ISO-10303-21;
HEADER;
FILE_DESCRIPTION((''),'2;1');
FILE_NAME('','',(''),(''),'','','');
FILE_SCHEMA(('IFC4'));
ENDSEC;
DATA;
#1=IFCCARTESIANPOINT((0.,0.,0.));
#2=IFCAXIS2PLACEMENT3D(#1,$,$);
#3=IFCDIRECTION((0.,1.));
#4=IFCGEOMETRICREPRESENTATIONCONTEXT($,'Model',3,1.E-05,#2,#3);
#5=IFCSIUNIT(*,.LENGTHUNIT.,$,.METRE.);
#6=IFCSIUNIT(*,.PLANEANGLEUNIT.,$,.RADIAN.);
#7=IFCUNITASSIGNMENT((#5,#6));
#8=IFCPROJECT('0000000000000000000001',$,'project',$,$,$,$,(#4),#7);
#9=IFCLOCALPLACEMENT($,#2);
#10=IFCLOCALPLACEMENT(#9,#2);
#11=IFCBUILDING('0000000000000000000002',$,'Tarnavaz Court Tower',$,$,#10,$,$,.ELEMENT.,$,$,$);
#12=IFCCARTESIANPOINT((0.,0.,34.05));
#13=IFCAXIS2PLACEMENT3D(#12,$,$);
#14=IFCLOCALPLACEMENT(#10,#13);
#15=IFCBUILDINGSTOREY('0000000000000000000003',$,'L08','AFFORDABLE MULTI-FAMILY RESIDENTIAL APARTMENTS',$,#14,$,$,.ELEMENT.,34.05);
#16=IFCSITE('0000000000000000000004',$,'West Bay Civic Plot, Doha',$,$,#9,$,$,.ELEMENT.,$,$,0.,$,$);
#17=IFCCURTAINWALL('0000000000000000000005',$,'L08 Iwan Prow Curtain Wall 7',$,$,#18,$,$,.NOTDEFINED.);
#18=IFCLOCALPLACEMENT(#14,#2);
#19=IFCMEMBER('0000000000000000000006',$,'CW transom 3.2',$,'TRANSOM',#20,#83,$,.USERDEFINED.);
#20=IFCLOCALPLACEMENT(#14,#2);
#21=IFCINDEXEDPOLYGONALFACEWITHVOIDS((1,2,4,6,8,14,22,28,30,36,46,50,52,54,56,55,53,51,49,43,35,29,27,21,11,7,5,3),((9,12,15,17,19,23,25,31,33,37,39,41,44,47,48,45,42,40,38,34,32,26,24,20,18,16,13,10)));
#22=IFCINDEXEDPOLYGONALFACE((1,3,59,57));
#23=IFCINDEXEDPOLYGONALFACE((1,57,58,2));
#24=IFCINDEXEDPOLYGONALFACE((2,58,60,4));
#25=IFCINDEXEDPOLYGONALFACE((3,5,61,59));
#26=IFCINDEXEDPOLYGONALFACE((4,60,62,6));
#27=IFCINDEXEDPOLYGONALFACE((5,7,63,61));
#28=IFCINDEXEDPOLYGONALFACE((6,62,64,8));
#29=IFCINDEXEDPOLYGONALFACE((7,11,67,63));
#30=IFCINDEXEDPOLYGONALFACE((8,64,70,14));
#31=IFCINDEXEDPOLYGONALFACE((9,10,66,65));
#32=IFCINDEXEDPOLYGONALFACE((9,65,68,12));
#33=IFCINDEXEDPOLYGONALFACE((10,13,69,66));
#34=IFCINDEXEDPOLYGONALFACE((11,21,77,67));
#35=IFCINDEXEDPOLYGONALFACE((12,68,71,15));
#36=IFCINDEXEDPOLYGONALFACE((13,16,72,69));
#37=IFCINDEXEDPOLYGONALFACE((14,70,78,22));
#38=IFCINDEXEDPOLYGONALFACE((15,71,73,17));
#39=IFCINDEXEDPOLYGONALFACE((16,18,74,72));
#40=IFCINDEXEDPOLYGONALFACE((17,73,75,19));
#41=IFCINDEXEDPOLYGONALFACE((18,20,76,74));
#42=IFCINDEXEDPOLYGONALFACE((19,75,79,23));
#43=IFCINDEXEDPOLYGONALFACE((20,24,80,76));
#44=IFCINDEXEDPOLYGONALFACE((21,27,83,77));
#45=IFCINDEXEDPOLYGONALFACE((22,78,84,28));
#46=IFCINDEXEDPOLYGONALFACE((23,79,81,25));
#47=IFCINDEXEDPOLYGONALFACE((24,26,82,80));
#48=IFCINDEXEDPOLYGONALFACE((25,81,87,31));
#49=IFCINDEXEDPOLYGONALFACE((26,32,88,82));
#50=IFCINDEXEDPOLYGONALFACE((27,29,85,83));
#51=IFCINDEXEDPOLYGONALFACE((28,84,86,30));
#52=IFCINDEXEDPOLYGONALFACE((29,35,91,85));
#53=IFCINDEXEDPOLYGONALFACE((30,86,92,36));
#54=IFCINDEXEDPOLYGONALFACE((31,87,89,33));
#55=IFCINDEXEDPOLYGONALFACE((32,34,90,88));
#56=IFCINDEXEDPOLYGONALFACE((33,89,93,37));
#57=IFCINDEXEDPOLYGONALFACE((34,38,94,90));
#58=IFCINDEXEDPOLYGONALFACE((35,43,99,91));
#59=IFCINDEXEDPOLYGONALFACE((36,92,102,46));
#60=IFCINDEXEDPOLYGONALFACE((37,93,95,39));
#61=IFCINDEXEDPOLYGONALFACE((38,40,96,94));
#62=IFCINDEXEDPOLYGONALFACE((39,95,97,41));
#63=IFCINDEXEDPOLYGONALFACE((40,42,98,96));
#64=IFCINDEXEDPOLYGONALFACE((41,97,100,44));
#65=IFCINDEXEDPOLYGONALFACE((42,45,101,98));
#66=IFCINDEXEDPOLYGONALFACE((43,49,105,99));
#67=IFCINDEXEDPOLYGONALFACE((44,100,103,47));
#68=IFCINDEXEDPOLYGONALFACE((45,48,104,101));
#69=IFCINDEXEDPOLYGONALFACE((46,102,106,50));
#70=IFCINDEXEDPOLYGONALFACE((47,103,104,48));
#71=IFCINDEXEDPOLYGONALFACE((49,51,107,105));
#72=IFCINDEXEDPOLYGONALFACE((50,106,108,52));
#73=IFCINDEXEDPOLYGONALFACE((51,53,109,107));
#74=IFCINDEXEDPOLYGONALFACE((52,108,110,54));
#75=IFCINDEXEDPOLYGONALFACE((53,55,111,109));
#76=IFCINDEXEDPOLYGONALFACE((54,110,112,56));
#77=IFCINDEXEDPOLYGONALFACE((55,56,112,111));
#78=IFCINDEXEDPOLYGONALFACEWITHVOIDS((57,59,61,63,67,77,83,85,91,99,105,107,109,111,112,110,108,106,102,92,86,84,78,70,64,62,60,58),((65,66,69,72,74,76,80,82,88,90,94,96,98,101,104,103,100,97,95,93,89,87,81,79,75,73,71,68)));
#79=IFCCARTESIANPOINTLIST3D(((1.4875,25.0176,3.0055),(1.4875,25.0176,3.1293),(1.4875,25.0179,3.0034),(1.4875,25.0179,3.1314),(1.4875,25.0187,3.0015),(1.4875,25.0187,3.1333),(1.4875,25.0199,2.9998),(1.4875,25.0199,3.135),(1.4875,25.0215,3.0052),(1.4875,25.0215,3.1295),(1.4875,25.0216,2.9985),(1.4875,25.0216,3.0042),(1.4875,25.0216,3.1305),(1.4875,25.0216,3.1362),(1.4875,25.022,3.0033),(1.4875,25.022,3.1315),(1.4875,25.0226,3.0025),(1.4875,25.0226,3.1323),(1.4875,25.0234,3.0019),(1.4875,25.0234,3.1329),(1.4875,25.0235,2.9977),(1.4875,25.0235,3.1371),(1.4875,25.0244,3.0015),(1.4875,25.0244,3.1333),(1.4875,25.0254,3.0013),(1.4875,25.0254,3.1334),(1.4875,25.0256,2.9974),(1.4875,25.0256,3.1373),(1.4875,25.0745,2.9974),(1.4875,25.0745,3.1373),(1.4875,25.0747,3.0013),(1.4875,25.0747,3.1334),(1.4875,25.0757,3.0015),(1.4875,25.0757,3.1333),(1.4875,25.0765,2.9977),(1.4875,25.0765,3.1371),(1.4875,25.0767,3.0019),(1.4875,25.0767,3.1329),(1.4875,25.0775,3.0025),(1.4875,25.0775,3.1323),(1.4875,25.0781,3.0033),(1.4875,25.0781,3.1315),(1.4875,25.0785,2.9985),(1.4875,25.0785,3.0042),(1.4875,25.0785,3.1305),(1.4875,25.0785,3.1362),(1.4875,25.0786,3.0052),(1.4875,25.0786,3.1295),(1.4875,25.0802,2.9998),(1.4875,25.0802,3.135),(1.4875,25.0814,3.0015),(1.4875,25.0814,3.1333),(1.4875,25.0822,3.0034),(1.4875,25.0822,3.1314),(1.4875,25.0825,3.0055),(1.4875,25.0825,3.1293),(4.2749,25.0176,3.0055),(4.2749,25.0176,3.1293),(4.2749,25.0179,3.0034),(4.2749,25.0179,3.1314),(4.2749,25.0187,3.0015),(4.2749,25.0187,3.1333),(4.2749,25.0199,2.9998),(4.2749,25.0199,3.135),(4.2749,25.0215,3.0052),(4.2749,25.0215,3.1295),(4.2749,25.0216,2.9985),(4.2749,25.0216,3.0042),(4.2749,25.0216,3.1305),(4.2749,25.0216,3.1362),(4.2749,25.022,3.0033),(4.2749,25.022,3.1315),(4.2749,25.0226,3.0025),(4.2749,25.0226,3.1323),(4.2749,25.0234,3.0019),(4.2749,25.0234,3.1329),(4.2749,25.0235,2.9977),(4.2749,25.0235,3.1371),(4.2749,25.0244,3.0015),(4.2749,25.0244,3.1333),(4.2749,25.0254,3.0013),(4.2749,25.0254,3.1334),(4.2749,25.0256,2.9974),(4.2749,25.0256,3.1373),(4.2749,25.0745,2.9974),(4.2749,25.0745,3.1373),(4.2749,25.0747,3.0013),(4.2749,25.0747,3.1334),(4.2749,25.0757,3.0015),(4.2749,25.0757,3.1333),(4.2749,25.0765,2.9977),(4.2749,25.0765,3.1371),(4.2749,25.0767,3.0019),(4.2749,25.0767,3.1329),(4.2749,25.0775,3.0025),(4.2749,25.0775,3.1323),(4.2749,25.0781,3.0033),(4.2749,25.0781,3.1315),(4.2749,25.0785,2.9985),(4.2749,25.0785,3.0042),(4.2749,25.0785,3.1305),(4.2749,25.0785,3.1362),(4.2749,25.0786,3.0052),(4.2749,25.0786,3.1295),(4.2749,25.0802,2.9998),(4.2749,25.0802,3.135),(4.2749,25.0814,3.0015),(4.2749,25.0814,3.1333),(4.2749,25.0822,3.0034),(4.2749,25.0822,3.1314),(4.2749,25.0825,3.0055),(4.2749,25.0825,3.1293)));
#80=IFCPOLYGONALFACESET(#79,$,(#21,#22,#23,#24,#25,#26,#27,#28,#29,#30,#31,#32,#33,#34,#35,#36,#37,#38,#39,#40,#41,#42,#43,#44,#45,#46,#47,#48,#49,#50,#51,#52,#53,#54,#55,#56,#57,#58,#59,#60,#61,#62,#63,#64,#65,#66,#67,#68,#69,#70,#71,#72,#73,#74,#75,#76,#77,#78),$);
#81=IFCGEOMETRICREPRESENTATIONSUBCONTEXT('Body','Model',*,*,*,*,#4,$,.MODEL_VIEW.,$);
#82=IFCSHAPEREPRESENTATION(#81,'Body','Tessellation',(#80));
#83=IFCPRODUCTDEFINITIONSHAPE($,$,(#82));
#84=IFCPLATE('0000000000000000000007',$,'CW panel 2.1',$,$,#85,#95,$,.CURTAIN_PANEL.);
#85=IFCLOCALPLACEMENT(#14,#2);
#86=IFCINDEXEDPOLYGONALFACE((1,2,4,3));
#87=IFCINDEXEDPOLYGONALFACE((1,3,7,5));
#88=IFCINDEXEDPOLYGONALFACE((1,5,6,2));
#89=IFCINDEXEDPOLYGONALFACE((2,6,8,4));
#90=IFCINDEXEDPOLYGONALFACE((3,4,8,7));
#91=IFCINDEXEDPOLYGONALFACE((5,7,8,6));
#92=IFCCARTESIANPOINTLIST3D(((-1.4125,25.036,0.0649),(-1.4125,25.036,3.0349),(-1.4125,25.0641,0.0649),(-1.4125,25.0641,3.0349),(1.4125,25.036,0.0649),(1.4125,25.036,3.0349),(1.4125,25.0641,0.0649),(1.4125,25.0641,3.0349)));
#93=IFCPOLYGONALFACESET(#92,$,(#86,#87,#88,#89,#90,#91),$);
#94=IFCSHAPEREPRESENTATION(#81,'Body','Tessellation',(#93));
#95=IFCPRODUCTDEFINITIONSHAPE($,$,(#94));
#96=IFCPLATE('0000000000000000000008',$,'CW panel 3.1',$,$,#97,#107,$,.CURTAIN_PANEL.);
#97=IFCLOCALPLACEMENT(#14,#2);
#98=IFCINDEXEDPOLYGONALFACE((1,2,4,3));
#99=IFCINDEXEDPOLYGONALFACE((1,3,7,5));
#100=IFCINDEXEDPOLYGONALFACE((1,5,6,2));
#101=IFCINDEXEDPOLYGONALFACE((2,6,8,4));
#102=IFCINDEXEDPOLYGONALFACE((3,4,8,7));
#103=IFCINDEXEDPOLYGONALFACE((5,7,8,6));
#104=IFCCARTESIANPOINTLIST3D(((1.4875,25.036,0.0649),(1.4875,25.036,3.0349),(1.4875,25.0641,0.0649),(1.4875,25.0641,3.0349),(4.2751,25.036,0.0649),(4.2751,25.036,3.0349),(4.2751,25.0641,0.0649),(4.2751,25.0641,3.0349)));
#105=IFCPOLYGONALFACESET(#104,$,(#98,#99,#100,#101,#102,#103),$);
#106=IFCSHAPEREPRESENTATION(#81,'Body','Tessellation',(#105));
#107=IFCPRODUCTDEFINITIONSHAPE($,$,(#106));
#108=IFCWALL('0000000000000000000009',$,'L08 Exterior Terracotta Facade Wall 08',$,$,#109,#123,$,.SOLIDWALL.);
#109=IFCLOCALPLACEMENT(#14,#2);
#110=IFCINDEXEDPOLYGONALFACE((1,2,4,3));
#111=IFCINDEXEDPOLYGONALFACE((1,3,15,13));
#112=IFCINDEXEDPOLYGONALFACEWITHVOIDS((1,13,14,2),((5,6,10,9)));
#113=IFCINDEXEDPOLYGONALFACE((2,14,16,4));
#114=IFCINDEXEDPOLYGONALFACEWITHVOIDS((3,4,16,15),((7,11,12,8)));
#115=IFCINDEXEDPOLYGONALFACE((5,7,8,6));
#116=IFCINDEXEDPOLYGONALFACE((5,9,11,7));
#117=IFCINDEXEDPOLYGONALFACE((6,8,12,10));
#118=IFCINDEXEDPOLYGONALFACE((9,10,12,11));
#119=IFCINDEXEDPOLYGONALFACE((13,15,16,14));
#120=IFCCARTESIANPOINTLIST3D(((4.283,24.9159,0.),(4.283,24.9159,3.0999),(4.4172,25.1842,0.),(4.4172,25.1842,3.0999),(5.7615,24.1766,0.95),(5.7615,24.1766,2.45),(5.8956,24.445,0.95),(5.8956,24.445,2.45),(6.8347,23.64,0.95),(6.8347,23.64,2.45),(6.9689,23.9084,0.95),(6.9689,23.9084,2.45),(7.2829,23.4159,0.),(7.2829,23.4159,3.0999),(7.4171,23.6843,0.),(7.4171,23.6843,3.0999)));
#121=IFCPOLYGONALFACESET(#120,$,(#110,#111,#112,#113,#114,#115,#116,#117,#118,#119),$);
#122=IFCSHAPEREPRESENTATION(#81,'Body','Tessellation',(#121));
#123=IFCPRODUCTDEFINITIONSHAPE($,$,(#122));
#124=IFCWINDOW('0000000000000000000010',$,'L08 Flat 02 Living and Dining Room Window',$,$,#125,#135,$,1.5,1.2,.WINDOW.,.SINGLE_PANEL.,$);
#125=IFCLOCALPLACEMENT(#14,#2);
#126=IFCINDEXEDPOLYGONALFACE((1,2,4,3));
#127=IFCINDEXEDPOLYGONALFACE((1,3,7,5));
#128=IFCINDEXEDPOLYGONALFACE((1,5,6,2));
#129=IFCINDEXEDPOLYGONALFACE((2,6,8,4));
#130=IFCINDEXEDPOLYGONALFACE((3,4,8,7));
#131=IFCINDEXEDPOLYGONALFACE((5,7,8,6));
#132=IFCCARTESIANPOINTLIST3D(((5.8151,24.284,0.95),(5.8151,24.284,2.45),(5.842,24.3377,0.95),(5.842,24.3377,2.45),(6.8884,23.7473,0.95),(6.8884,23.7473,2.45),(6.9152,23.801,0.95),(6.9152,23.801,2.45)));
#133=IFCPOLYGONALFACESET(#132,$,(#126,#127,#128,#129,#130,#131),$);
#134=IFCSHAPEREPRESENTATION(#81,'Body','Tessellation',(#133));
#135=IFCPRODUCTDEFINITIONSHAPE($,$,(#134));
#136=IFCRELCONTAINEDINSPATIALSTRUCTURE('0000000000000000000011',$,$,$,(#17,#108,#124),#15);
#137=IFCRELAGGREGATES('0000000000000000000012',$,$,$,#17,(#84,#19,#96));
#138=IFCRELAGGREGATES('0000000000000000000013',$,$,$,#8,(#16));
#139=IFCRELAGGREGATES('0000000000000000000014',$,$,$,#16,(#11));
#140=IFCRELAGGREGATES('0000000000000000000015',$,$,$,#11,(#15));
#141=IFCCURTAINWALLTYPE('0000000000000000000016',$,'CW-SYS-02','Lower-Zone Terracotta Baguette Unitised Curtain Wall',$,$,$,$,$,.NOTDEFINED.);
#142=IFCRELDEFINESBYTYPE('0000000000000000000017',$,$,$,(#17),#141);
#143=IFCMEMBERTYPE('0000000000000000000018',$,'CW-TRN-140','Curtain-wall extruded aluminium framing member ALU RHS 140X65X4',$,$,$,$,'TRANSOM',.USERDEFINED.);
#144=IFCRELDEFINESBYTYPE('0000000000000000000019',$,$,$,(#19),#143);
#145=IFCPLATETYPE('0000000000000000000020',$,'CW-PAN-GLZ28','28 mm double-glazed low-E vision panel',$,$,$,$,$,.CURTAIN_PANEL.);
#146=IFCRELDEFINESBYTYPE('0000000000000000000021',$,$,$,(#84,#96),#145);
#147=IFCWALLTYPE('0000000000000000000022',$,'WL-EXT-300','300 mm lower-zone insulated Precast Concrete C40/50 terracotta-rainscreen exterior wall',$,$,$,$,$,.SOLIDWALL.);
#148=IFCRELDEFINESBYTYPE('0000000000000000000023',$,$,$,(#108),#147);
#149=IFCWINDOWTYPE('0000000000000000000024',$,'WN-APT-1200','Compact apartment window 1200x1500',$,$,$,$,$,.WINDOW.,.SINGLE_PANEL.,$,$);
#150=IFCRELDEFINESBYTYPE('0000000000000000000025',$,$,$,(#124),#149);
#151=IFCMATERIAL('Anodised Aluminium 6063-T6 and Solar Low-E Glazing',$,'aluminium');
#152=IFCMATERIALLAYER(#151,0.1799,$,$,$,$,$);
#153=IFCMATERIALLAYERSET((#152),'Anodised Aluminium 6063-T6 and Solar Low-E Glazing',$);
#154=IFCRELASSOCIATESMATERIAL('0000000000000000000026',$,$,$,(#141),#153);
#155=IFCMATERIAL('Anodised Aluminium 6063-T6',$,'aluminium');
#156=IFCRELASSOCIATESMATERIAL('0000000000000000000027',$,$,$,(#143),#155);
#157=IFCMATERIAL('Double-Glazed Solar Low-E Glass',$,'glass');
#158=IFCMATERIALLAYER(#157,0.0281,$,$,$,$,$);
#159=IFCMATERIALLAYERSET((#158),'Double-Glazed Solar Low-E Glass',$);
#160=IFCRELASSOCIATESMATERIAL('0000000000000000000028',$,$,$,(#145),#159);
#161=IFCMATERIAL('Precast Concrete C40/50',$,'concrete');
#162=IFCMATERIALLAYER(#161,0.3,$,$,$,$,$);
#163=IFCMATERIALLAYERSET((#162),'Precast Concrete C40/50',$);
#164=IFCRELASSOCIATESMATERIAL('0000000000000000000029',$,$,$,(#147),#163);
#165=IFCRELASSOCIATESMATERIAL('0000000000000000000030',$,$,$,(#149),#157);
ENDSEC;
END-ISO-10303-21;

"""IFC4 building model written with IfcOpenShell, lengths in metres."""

from ifc_helpers import new_model, si_unit, direction, frame, frame_2d, origin, origin_2d, place, context, subcontext, project, spatial, rectangle, hollow_rectangle, extrude, material, layer, layer_set, material_profile, profile_set, type_object, element, fill, aggregate, save


model = new_model("IFC4")

# Units and contexts
model_context = context("Model", 3, precision=1e-05, world=origin(), true_north=direction((0.0, 1.0)))
body_context = subcontext(model_context, "Body", "Model", "MODEL_VIEW")
ifc_project = project(units=[si_unit("LENGTHUNIT", "METRE"), si_unit("PLANEANGLEUNIT", "RADIAN")], contexts=[model_context])

# Site, building, storey
site_placement = place(None, origin())
site = spatial("IfcSite", under=ifc_project, at=site_placement, Name="West Bay Civic Plot, Doha", CompositionType="ELEMENT", RefElevation=0.0)
building_placement = place(site_placement, origin())
building = spatial("IfcBuilding", under=site, at=building_placement, Name="Tarnavaz Court Tower", CompositionType="ELEMENT")
storey_placement = place(building_placement, frame((0.0, 0.0, 34.05)))
storey = spatial("IfcBuildingStorey", under=building, at=storey_placement, Name="L08", Description="AFFORDABLE MULTI-FAMILY RESIDENTIAL APARTMENTS", CompositionType="ELEMENT", Elevation=34.05)

# Curtain wall, member, plates
ifc_material_1 = material(Name="Anodised Aluminium 6063-T6 and Solar Low-E Glazing", Category="aluminium")
ifc_layer_1 = layer(ifc_material_1, 0.1799)
ifc_layer_set_1 = layer_set([ifc_layer_1], Name="Anodised Aluminium 6063-T6 and Solar Low-E Glazing")
curtain_wall_type = type_object("IfcCurtainWallType", Name="CW-SYS-02", Description="Lower-Zone Terracotta Baguette Unitised Curtain Wall", PredefinedType="NOTDEFINED", material=ifc_layer_set_1)
curtain_wall_placement = place(storey_placement, origin())
curtain_wall = element("IfcCurtainWall", 1, at=curtain_wall_placement, inside=storey, type_object=curtain_wall_type, Name="L08 Iwan Prow Curtain Wall 7", PredefinedType="NOTDEFINED")
ifc_material_2 = material(Name="Anodised Aluminium 6063-T6", Category="aluminium")
ifc_material_profile_1 = material_profile(ifc_material_2, hollow_rectangle(XDim=0.0649, YDim=0.1399, WallThickness=0.0039, InnerFilletRadius=0.0039, OuterFilletRadius=0.0081, at=origin_2d()), Name="ALU RHS 140X65X4")
ifc_profile_set_1 = profile_set([ifc_material_profile_1], Name="Anodised Aluminium 6063-T6")
member_type_1 = type_object("IfcMemberType", Name="CW-TRN-140", Description="Curtain-wall extruded aluminium framing member ALU RHS 140X65X4", ElementType="TRANSOM", PredefinedType="USERDEFINED", material=ifc_profile_set_1)
member_1_placement = place(storey_placement, frame((1.4875, 25.05, 3.0674), z_axis=(1.0, 0.0, 0.0), x_axis=(0.0, 1.0, 0.0)))
member_1 = element("IfcMember", 2, at=member_1_placement, type_object=member_type_1, Name="CW transom 3.2", ObjectType="TRANSOM", PredefinedType="USERDEFINED", context=body_context, shape_type="SweptSolid", body=[
    extrude(hollow_rectangle(XDim=0.0649, YDim=0.1399, WallThickness=0.0039, InnerFilletRadius=0.0039, OuterFilletRadius=0.0081, at=origin_2d()), origin(), (0.0, 0.0, 1.0), 2.7874),
])
ifc_material_3 = material(Name="Double-Glazed Solar Low-E Glass", Category="glass")
ifc_layer_2 = layer(ifc_material_3, 0.0281)
ifc_layer_set_2 = layer_set([ifc_layer_2], Name="Double-Glazed Solar Low-E Glass")
plate_type = type_object("IfcPlateType", Name="CW-PAN-GLZ28", Description="28 mm double-glazed low-E vision panel", PredefinedType="CURTAIN_PANEL", material=ifc_layer_set_2)
plate_1_placement = place(storey_placement, frame((0.0, 25.05, 0.0649), z_axis=(0.0, 0.0, 1.0), x_axis=(1.0, 0.0, 0.0)))
plate_1 = element("IfcPlate", 3, at=plate_1_placement, type_object=plate_type, Name="CW panel 2.1", PredefinedType="CURTAIN_PANEL", context=body_context, shape_type="SweptSolid", body=[
    extrude(rectangle(XDim=2.825, YDim=0.0281, at=origin_2d()), origin(), (0.0, 0.0, 1.0), 2.97),
])
plate_2_placement = place(storey_placement, frame((2.8813, 25.05, 0.0649), z_axis=(0.0, 0.0, 1.0), x_axis=(1.0, 0.0, 0.0)))
plate_2 = element("IfcPlate", 4, at=plate_2_placement, type_object=plate_type, Name="CW panel 3.1", PredefinedType="CURTAIN_PANEL", context=body_context, shape_type="SweptSolid", body=[
    extrude(rectangle(XDim=2.7876, YDim=0.0281, at=origin_2d()), origin(), (0.0, 0.0, 1.0), 2.97),
])
aggregate(curtain_wall, [plate_1, member_1, plate_2])

# Wall, opening, window
ifc_material_4 = material(Name="Precast Concrete C40/50", Category="concrete")
ifc_layer_3 = layer(ifc_material_4, 0.3)
ifc_layer_set_3 = layer_set([ifc_layer_3], Name="Precast Concrete C40/50")
wall_type_1 = type_object("IfcWallType", Name="WL-EXT-300", Description="300 mm lower-zone insulated Precast Concrete C40/50 terracotta-rainscreen exterior wall", PredefinedType="SOLIDWALL", material=ifc_layer_set_3)
wall_1_placement = place(storey_placement, frame((4.3501, 25.05, 0.0), z_axis=(0.0, 0.0, 1.0), x_axis=(0.894427, -0.447214, 0.0)))
wall_1 = element("IfcWall", 5, at=wall_1_placement, inside=storey, type_object=wall_type_1, Name="L08 Exterior Terracotta Facade Wall 08", PredefinedType="SOLIDWALL", context=body_context, shape_type="SweptSolid", body=[
    extrude(rectangle(XDim=3.354, YDim=0.3, at=frame_2d((1.677, 0.0))), origin(), (0.0, 0.0, 1.0), 3.0999),
])
opening_1_placement = place(wall_1_placement, frame((1.6528, 0.0, 0.95)))
opening_1 = element("IfcOpeningElement", 6, at=opening_1_placement, cuts=wall_1, PredefinedType="OPENING", context=body_context, shape_type="SweptSolid", body=[
    extrude(rectangle(XDim=1.2, YDim=1.5, at=frame_2d((0.6001, 0.75))), frame((0.0, 0.1599, 0.0), z_axis=(0.0, -1.0, 0.0), x_axis=(1.0, 0.0, 0.0)), (0.0, 0.0, 1.0), 0.3201),
])
window_type_1 = type_object("IfcWindowType", Name="WN-APT-1200", Description="Compact apartment window 1200x1500", PartitioningType="SINGLE_PANEL", PredefinedType="WINDOW", material=ifc_material_3)
window_1_placement = place(opening_1_placement, origin())
window_1 = element("IfcWindow", 7, at=window_1_placement, inside=storey, type_object=window_type_1, Name="L08 Flat 02 Living and Dining Room Window", OverallHeight=1.5, OverallWidth=1.2, PartitioningType="SINGLE_PANEL", PredefinedType="WINDOW", context=body_context, shape_type="SweptSolid", body=[
    extrude(rectangle(XDim=1.2, YDim=1.5, at=frame_2d((0.6001, 0.75))), frame((0.0, 0.03, 0.0), z_axis=(0.0, -1.0, 0.0), x_axis=(1.0, 0.0, 0.0)), (0.0, 0.0, 1.0), 0.0601),
])
fill(opening_1, window_1)

save(model, "model.ifc")
